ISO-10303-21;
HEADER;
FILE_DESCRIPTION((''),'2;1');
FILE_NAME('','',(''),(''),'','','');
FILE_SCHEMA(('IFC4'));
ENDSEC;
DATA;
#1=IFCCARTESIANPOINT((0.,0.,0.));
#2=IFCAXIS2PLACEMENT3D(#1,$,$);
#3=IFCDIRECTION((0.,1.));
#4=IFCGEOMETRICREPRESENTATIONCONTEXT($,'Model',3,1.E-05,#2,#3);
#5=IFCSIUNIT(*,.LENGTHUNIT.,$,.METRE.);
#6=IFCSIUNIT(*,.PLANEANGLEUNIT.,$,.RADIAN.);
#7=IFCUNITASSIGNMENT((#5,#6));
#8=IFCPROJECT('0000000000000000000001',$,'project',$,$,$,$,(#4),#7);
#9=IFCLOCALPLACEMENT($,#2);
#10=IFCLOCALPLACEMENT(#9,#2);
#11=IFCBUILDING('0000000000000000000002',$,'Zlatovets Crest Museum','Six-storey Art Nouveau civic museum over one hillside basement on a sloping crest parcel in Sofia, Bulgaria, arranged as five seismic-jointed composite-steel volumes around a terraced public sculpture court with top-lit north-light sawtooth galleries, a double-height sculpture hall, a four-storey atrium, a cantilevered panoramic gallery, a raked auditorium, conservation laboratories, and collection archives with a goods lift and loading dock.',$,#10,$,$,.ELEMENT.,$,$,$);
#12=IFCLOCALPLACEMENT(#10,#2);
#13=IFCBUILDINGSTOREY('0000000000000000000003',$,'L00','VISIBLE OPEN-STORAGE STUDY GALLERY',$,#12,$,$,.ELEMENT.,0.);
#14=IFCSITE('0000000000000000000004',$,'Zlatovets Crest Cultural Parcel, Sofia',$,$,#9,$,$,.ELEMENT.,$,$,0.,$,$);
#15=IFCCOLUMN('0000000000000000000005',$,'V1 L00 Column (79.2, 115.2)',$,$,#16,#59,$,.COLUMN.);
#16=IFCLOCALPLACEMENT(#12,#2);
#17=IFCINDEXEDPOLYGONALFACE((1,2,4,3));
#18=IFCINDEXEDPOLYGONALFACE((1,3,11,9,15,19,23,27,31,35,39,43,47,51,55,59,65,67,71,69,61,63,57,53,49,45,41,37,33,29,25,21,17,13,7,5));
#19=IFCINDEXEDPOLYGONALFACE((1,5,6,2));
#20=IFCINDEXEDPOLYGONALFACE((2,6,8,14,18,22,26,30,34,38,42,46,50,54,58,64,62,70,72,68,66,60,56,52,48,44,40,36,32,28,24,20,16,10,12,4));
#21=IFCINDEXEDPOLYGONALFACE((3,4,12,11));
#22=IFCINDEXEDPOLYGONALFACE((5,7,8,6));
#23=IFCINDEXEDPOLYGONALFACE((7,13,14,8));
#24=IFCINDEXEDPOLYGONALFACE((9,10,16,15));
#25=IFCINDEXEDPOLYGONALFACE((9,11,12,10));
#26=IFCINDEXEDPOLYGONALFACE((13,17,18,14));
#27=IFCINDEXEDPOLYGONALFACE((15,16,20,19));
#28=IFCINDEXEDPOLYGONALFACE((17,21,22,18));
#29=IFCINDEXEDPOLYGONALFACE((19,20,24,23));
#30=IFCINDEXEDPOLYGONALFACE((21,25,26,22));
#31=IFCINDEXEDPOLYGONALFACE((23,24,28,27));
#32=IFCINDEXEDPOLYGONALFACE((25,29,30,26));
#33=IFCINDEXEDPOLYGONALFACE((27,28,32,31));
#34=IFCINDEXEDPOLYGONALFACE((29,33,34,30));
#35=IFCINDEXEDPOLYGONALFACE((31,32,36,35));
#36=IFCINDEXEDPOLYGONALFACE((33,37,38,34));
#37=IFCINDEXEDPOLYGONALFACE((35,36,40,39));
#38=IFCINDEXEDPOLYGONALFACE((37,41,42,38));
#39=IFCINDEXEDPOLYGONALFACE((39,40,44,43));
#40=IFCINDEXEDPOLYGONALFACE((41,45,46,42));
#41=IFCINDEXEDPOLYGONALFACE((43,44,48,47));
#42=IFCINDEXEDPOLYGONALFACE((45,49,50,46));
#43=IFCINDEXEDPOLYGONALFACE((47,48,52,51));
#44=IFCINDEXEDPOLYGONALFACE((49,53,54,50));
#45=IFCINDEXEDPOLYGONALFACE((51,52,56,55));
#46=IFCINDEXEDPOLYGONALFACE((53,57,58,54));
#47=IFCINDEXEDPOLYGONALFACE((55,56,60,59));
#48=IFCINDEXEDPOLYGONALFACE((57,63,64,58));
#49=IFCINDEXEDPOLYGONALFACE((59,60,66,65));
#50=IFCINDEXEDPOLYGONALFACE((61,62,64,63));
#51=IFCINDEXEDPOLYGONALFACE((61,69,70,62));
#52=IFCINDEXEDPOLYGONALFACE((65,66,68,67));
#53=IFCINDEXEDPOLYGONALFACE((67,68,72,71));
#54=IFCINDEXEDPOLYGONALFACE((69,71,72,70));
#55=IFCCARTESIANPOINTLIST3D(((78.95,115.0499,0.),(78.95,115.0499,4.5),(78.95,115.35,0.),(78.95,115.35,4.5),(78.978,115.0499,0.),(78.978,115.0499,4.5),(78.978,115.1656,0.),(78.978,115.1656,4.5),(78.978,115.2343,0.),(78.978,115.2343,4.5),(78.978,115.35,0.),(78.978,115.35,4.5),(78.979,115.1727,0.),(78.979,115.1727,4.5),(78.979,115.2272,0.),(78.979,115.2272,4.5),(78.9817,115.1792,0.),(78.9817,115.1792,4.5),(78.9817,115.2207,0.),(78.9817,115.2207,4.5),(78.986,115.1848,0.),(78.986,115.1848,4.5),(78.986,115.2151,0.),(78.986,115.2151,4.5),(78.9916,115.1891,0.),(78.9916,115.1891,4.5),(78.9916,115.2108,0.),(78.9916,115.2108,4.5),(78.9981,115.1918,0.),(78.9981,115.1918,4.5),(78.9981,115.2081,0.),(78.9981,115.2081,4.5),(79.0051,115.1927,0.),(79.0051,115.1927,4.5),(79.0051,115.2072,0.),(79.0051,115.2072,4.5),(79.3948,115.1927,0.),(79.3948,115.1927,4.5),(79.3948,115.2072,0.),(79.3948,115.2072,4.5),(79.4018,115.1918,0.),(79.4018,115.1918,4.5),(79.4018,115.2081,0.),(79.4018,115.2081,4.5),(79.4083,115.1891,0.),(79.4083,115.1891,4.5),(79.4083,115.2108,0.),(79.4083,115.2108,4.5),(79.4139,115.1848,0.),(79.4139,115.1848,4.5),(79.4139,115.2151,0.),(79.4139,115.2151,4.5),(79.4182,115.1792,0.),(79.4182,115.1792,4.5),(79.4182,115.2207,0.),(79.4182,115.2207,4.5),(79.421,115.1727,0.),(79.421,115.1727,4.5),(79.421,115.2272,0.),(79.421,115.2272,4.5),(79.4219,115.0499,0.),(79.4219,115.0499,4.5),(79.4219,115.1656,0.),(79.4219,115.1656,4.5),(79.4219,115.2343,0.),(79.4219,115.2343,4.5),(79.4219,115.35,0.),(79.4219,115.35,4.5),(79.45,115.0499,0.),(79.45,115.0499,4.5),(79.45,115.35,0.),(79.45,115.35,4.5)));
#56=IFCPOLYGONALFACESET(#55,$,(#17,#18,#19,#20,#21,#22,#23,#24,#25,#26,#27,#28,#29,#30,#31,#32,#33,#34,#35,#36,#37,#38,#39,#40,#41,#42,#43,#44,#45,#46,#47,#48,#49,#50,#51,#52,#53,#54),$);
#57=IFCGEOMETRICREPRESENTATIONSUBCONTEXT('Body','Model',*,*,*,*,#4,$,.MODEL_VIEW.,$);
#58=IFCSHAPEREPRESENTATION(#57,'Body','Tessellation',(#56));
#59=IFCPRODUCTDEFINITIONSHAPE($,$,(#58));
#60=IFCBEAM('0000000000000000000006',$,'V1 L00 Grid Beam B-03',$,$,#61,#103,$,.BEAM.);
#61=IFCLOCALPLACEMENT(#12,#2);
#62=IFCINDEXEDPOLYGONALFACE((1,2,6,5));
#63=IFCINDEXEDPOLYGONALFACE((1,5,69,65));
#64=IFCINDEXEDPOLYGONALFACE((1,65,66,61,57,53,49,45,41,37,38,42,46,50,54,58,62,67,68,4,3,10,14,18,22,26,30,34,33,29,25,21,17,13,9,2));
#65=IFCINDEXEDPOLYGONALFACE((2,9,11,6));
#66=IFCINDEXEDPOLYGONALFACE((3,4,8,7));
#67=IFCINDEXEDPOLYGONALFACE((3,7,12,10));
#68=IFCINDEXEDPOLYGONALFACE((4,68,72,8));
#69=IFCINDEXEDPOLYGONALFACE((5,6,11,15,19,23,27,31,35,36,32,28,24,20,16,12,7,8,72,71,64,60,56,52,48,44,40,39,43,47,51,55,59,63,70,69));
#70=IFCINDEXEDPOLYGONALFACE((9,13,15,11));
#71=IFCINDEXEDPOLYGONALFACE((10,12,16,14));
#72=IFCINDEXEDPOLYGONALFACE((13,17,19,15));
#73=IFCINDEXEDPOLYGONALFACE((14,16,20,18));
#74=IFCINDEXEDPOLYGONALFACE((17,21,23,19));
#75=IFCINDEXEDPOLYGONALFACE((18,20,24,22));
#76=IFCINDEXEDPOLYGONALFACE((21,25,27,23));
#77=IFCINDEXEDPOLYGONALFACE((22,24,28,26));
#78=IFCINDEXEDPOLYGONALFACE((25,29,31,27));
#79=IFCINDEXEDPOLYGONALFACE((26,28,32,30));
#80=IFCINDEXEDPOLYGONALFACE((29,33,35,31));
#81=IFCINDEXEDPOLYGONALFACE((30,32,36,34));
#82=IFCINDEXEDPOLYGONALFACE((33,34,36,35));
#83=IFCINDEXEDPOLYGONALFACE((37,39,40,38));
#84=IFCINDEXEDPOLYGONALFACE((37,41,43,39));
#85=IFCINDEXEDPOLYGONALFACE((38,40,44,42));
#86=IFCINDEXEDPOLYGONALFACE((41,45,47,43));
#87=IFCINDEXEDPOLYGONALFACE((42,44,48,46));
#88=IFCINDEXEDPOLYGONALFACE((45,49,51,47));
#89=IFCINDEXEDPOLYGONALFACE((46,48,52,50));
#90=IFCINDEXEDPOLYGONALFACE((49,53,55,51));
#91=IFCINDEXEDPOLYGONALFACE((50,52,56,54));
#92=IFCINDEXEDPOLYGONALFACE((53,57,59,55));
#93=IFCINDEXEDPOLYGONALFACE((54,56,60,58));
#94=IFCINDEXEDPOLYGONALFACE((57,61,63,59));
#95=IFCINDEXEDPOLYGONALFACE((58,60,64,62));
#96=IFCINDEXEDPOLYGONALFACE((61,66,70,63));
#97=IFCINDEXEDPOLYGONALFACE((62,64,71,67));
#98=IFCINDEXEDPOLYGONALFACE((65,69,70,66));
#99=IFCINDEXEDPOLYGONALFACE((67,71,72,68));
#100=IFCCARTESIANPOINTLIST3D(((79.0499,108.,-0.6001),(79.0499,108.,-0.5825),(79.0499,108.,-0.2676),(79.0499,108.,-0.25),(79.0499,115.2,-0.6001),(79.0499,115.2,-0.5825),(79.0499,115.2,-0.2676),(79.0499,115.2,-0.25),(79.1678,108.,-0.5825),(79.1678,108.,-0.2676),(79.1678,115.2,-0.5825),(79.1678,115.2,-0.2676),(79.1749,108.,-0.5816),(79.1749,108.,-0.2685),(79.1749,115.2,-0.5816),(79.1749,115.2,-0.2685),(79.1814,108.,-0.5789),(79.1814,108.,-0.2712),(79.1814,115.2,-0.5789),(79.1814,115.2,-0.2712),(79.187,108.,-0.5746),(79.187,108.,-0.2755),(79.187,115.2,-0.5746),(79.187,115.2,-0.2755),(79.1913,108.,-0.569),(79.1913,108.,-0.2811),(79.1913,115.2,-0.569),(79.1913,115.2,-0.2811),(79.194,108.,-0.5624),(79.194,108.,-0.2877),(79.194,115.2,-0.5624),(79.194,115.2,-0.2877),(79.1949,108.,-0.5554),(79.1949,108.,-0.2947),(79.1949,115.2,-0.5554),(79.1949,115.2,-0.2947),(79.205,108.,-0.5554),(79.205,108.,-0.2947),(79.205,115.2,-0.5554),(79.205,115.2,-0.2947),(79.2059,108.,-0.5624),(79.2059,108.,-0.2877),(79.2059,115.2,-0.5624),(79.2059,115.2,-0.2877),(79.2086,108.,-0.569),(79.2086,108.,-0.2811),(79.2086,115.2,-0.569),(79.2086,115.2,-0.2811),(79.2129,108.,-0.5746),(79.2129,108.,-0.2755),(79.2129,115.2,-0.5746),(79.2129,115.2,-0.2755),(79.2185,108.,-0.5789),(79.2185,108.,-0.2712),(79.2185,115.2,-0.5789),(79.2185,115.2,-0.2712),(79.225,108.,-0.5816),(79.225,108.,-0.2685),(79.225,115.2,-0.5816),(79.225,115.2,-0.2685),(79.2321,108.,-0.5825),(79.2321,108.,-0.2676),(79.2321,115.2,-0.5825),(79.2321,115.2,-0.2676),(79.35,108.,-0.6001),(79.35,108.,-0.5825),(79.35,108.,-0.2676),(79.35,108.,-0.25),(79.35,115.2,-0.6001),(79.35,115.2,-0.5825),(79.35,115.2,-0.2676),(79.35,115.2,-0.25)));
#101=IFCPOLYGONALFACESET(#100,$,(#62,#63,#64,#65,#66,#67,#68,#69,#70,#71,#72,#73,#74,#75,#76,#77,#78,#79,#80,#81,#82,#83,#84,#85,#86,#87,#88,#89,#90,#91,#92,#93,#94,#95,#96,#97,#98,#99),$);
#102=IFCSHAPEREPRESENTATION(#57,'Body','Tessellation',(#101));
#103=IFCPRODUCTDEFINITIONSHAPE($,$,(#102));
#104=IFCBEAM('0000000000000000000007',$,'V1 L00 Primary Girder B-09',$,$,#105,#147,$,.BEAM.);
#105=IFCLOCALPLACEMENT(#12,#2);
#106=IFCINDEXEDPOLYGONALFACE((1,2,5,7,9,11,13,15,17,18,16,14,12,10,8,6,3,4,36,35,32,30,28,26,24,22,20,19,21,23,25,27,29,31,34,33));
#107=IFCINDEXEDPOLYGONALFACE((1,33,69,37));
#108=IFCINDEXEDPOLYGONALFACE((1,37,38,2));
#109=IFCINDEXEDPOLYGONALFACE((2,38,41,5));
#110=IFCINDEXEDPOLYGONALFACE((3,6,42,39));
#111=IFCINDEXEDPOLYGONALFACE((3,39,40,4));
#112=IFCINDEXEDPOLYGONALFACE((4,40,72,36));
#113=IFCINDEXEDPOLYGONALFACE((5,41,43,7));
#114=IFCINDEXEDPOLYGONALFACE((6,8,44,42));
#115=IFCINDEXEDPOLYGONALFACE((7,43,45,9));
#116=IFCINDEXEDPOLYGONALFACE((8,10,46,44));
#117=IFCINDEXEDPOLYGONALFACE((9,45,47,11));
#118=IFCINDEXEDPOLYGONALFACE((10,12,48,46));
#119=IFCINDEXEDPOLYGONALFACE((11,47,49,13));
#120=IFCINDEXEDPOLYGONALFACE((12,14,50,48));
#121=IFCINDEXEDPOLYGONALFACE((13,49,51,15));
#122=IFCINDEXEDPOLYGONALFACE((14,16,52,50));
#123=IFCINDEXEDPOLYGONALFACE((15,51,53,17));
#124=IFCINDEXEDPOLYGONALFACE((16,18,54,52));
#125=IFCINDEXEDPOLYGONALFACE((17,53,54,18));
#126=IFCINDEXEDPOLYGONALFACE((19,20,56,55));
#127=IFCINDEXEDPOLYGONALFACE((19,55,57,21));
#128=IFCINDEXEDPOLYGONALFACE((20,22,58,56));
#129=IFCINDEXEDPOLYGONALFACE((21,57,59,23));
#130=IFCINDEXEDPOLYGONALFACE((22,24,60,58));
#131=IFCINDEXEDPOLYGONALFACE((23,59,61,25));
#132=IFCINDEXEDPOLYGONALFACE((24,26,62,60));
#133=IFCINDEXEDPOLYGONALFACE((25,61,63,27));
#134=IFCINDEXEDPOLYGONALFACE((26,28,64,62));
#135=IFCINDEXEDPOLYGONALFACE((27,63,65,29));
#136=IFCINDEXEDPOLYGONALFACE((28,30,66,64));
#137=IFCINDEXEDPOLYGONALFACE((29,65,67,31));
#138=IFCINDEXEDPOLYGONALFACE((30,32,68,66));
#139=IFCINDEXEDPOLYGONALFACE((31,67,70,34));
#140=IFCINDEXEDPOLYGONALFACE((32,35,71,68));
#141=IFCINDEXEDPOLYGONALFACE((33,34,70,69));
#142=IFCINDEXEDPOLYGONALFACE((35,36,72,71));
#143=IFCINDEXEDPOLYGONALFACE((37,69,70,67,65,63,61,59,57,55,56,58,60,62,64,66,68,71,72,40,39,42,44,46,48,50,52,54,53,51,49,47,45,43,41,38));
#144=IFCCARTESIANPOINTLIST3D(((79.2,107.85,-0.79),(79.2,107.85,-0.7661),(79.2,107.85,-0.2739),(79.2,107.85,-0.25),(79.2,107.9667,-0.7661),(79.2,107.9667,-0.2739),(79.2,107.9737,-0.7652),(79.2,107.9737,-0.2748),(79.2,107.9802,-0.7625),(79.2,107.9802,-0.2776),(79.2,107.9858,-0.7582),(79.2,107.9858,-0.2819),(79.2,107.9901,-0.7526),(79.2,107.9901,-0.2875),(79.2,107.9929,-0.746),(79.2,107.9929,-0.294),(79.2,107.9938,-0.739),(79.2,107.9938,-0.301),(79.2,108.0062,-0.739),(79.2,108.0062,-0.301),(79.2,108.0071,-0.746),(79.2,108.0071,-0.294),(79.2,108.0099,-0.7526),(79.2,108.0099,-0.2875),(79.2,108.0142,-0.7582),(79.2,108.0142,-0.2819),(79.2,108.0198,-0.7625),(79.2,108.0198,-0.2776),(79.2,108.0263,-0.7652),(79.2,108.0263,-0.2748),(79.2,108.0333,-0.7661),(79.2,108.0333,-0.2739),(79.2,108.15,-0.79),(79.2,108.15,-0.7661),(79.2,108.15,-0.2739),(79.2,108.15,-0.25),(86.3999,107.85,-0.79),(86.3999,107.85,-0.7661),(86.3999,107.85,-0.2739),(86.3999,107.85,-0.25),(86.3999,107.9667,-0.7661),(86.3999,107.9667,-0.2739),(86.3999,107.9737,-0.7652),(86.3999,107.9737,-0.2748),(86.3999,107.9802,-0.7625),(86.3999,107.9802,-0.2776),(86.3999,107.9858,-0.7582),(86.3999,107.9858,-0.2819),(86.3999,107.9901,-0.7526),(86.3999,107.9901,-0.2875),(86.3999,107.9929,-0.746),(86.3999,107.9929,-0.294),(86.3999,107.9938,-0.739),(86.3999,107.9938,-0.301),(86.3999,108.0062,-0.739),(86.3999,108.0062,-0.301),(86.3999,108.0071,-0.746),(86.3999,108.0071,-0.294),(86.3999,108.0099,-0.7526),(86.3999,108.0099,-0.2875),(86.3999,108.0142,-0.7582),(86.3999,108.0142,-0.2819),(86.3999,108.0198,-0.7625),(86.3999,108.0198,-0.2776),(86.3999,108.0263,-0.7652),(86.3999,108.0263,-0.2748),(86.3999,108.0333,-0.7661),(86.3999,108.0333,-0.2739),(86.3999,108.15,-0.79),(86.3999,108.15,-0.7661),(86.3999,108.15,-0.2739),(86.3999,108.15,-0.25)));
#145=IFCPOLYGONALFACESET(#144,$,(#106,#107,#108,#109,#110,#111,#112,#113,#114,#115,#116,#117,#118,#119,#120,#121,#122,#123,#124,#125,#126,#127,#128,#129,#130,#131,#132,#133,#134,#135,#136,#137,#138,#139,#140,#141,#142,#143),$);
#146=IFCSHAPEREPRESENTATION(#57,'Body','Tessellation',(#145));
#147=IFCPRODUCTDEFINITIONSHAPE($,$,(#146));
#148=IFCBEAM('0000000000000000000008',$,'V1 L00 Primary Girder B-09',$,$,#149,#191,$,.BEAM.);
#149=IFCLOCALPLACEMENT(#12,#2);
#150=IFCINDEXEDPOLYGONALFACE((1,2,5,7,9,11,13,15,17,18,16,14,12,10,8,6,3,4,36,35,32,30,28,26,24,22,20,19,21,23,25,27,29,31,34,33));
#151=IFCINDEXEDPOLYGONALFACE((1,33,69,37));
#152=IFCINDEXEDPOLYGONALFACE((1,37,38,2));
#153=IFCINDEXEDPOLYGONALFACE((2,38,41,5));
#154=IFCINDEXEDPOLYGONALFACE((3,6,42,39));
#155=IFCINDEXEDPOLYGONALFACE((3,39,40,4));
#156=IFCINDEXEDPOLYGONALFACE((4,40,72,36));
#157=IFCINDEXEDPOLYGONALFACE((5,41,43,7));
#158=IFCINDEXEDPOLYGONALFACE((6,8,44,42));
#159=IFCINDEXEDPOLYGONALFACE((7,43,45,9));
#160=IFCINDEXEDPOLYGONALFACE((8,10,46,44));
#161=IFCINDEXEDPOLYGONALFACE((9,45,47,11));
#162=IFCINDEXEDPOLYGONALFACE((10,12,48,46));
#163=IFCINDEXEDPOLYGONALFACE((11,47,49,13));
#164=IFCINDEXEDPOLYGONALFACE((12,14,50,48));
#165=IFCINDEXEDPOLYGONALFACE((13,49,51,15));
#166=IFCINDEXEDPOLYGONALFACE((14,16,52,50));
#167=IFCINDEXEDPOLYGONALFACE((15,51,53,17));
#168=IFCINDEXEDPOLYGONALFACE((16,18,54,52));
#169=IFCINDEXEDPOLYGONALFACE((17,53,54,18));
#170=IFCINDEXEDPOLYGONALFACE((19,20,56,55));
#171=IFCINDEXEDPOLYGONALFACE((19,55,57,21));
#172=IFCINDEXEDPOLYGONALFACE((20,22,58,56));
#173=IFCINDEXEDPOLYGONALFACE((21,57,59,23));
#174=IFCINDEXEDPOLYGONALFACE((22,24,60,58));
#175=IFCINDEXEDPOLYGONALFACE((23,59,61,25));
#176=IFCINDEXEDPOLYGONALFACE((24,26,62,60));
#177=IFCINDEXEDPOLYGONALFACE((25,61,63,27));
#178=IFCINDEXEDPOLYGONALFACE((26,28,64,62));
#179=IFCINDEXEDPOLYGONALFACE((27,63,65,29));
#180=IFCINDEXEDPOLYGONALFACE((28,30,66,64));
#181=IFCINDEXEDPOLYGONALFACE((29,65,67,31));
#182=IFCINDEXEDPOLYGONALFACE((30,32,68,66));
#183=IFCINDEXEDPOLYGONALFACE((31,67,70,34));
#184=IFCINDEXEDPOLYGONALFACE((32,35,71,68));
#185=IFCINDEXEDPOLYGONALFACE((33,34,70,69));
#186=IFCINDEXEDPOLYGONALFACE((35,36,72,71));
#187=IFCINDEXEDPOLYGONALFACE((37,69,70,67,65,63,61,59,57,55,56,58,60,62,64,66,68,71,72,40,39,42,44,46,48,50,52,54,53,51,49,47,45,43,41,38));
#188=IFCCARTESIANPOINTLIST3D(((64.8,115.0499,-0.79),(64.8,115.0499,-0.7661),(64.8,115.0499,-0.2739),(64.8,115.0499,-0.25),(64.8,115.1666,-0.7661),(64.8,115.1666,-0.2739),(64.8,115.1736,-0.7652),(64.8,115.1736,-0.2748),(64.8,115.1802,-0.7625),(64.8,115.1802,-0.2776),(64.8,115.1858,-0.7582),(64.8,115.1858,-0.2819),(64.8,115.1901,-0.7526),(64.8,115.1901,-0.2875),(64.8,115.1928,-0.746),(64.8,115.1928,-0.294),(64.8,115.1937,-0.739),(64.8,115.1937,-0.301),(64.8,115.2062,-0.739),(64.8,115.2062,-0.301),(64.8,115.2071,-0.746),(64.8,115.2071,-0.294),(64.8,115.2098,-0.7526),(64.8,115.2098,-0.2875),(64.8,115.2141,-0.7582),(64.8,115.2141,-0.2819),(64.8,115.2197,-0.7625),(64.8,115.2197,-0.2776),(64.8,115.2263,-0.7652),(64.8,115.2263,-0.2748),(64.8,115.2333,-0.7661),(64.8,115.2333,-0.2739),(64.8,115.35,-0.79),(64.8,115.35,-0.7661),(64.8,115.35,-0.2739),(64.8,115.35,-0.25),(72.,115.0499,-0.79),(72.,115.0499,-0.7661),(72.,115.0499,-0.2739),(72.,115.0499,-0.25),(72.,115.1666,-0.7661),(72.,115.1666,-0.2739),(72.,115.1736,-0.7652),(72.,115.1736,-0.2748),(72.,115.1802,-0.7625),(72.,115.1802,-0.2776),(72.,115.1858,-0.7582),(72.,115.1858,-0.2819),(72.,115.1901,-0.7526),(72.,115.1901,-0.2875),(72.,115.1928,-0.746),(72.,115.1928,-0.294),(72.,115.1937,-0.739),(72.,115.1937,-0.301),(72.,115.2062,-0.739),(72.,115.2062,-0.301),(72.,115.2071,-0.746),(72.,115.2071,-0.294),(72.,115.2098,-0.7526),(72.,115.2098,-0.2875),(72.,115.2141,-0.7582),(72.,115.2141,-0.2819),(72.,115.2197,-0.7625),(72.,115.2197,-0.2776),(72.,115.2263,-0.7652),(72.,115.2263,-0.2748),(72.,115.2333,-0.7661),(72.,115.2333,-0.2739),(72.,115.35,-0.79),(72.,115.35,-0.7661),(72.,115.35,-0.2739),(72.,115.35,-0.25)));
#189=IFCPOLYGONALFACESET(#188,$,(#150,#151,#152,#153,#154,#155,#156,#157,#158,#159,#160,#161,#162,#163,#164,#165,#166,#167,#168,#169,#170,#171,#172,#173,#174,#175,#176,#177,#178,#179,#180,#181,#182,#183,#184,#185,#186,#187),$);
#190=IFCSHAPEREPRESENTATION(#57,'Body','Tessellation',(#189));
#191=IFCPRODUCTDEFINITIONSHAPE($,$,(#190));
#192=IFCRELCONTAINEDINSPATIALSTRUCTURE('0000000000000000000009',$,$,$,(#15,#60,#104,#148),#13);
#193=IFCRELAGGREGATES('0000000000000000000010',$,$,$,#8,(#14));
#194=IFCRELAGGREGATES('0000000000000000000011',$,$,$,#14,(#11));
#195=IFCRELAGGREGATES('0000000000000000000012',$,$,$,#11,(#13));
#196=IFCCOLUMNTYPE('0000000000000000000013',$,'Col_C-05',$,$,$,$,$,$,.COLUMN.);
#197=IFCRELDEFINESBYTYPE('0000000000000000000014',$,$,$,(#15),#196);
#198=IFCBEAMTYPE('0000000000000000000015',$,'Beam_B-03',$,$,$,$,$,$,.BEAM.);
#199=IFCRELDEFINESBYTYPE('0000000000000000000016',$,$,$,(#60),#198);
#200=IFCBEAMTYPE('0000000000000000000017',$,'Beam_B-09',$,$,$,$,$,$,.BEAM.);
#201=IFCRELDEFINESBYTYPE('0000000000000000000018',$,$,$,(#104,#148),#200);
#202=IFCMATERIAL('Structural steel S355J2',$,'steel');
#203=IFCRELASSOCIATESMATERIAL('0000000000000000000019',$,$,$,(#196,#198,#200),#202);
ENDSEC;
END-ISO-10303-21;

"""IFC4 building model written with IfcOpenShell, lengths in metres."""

from ifc_helpers import new_model, si_unit, direction, frame, origin, origin_2d, place, context, subcontext, project, spatial, i_section, extrude, material, material_profile, profile_set, type_object, element, save


model = new_model("IFC4")

# Units and contexts
model_context = context("Model", 3, precision=1e-05, world=origin(), true_north=direction((0.0, 1.0)))
body_context = subcontext(model_context, "Body", "Model", "MODEL_VIEW")
ifc_project = project(units=[si_unit("LENGTHUNIT", "METRE"), si_unit("PLANEANGLEUNIT", "RADIAN")], contexts=[model_context])

# Site, building, storey
site_placement = place(None, origin())
site = spatial("IfcSite", under=ifc_project, at=site_placement, Name="Zlatovets Crest Cultural Parcel, Sofia", CompositionType="ELEMENT", RefElevation=0.0)
building_placement = place(site_placement, origin())
building = spatial("IfcBuilding", under=site, at=building_placement, Name="Zlatovets Crest Museum", Description="Six-storey Art Nouveau civic museum over one hillside basement on a sloping crest parcel in Sofia, Bulgaria, arranged as five seismic-jointed composite-steel volumes around a terraced public sculpture court with top-lit north-light sawtooth galleries, a double-height sculpture hall, a four-storey atrium, a cantilevered panoramic gallery, a raked auditorium, conservation laboratories, and collection archives with a goods lift and loading dock.", CompositionType="ELEMENT")
storey_placement = place(building_placement, origin())
storey = spatial("IfcBuildingStorey", under=building, at=storey_placement, Name="L00", Description="VISIBLE OPEN-STORAGE STUDY GALLERY", CompositionType="ELEMENT", Elevation=0.0)

# Column
ifc_material_1 = material(Name="Structural steel S355J2", Category="steel")
ifc_material_profile_1 = material_profile(ifc_material_1, i_section(OverallWidth=0.3, OverallDepth=0.5, WebThickness=0.0144, FlangeThickness=0.0281, FilletRadius=0.0271, at=origin_2d()), Name="HEB 500")
ifc_profile_set_1 = profile_set([ifc_material_profile_1], Name="Structural steel S355J2")
column_type_1 = type_object("IfcColumnType", Name="Col_C-05", PredefinedType="COLUMN", material=ifc_profile_set_1)
for number, where, z_axis, x_axis, name in (
    (1, (79.2, 115.2, 0.0), (0.0, 0.0, 1.0), (0.0, 1.0, 0.0), "V1 L00 Column (79.2, 115.2)"),
):
    element("IfcColumn", number, at=place(storey_placement, frame(where, z_axis=z_axis, x_axis=x_axis)), inside=storey, type_object=column_type_1, Name=name, PredefinedType="COLUMN", context=body_context, shape_type="SweptSolid", body=[
        extrude(i_section(OverallWidth=0.3, OverallDepth=0.5, WebThickness=0.0144, FlangeThickness=0.0281, FilletRadius=0.0271, at=origin_2d()), origin(), (0.0, 0.0, 1.0), 4.5),
    ])

# Beams
ifc_material_profile_2 = material_profile(ifc_material_1, i_section(OverallWidth=0.3, OverallDepth=0.3501, WebThickness=0.01, FlangeThickness=0.0176, FilletRadius=0.0271, at=origin_2d()), Name="HEA 360")
ifc_profile_set_2 = profile_set([ifc_material_profile_2], Name="Structural steel S355J2")
beam_type_1 = type_object("IfcBeamType", Name="Beam_B-03", PredefinedType="BEAM", material=ifc_profile_set_2)
beam_placement = place(storey_placement, frame((79.2, 108.0, -0.425), z_axis=(0.0, 1.0, 0.0), x_axis=(-1.0, 0.0, 0.0)))
element("IfcBeam", 2, at=beam_placement, inside=storey, type_object=beam_type_1, Name="V1 L00 Grid Beam B-03", PredefinedType="BEAM", context=body_context, shape_type="SweptSolid", body=[
    extrude(i_section(OverallWidth=0.3, OverallDepth=0.3501, WebThickness=0.01, FlangeThickness=0.0176, FilletRadius=0.0271, at=origin_2d()), origin(), (0.0, 0.0, 1.0), 7.2),
])
ifc_material_profile_3 = material_profile(ifc_material_1, i_section(OverallWidth=0.3, OverallDepth=0.54, WebThickness=0.0125, FlangeThickness=0.0239, FilletRadius=0.0271, at=origin_2d()), Name="HEA 550")
ifc_profile_set_3 = profile_set([ifc_material_profile_3], Name="Structural steel S355J2")
beam_type_2 = type_object("IfcBeamType", Name="Beam_B-09", PredefinedType="BEAM", material=ifc_profile_set_3)
for number, where, z_axis, x_axis, name in (
    (3, (79.2, 108.0, -0.52), (1.0, 0.0, 0.0), (0.0, 1.0, 0.0), "V1 L00 Primary Girder B-09"),
    (4, (64.8, 115.2, -0.52), (1.0, 0.0, 0.0), (0.0, 1.0, 0.0), "V1 L00 Primary Girder B-09"),
):
    element("IfcBeam", number, at=place(storey_placement, frame(where, z_axis=z_axis, x_axis=x_axis)), inside=storey, type_object=beam_type_2, Name=name, PredefinedType="BEAM", context=body_context, shape_type="SweptSolid", body=[
        extrude(i_section(OverallWidth=0.3, OverallDepth=0.54, WebThickness=0.0125, FlangeThickness=0.0239, FilletRadius=0.0271, at=origin_2d()), origin(), (0.0, 0.0, 1.0), 7.2),
    ])

save(model, "model.ifc")
